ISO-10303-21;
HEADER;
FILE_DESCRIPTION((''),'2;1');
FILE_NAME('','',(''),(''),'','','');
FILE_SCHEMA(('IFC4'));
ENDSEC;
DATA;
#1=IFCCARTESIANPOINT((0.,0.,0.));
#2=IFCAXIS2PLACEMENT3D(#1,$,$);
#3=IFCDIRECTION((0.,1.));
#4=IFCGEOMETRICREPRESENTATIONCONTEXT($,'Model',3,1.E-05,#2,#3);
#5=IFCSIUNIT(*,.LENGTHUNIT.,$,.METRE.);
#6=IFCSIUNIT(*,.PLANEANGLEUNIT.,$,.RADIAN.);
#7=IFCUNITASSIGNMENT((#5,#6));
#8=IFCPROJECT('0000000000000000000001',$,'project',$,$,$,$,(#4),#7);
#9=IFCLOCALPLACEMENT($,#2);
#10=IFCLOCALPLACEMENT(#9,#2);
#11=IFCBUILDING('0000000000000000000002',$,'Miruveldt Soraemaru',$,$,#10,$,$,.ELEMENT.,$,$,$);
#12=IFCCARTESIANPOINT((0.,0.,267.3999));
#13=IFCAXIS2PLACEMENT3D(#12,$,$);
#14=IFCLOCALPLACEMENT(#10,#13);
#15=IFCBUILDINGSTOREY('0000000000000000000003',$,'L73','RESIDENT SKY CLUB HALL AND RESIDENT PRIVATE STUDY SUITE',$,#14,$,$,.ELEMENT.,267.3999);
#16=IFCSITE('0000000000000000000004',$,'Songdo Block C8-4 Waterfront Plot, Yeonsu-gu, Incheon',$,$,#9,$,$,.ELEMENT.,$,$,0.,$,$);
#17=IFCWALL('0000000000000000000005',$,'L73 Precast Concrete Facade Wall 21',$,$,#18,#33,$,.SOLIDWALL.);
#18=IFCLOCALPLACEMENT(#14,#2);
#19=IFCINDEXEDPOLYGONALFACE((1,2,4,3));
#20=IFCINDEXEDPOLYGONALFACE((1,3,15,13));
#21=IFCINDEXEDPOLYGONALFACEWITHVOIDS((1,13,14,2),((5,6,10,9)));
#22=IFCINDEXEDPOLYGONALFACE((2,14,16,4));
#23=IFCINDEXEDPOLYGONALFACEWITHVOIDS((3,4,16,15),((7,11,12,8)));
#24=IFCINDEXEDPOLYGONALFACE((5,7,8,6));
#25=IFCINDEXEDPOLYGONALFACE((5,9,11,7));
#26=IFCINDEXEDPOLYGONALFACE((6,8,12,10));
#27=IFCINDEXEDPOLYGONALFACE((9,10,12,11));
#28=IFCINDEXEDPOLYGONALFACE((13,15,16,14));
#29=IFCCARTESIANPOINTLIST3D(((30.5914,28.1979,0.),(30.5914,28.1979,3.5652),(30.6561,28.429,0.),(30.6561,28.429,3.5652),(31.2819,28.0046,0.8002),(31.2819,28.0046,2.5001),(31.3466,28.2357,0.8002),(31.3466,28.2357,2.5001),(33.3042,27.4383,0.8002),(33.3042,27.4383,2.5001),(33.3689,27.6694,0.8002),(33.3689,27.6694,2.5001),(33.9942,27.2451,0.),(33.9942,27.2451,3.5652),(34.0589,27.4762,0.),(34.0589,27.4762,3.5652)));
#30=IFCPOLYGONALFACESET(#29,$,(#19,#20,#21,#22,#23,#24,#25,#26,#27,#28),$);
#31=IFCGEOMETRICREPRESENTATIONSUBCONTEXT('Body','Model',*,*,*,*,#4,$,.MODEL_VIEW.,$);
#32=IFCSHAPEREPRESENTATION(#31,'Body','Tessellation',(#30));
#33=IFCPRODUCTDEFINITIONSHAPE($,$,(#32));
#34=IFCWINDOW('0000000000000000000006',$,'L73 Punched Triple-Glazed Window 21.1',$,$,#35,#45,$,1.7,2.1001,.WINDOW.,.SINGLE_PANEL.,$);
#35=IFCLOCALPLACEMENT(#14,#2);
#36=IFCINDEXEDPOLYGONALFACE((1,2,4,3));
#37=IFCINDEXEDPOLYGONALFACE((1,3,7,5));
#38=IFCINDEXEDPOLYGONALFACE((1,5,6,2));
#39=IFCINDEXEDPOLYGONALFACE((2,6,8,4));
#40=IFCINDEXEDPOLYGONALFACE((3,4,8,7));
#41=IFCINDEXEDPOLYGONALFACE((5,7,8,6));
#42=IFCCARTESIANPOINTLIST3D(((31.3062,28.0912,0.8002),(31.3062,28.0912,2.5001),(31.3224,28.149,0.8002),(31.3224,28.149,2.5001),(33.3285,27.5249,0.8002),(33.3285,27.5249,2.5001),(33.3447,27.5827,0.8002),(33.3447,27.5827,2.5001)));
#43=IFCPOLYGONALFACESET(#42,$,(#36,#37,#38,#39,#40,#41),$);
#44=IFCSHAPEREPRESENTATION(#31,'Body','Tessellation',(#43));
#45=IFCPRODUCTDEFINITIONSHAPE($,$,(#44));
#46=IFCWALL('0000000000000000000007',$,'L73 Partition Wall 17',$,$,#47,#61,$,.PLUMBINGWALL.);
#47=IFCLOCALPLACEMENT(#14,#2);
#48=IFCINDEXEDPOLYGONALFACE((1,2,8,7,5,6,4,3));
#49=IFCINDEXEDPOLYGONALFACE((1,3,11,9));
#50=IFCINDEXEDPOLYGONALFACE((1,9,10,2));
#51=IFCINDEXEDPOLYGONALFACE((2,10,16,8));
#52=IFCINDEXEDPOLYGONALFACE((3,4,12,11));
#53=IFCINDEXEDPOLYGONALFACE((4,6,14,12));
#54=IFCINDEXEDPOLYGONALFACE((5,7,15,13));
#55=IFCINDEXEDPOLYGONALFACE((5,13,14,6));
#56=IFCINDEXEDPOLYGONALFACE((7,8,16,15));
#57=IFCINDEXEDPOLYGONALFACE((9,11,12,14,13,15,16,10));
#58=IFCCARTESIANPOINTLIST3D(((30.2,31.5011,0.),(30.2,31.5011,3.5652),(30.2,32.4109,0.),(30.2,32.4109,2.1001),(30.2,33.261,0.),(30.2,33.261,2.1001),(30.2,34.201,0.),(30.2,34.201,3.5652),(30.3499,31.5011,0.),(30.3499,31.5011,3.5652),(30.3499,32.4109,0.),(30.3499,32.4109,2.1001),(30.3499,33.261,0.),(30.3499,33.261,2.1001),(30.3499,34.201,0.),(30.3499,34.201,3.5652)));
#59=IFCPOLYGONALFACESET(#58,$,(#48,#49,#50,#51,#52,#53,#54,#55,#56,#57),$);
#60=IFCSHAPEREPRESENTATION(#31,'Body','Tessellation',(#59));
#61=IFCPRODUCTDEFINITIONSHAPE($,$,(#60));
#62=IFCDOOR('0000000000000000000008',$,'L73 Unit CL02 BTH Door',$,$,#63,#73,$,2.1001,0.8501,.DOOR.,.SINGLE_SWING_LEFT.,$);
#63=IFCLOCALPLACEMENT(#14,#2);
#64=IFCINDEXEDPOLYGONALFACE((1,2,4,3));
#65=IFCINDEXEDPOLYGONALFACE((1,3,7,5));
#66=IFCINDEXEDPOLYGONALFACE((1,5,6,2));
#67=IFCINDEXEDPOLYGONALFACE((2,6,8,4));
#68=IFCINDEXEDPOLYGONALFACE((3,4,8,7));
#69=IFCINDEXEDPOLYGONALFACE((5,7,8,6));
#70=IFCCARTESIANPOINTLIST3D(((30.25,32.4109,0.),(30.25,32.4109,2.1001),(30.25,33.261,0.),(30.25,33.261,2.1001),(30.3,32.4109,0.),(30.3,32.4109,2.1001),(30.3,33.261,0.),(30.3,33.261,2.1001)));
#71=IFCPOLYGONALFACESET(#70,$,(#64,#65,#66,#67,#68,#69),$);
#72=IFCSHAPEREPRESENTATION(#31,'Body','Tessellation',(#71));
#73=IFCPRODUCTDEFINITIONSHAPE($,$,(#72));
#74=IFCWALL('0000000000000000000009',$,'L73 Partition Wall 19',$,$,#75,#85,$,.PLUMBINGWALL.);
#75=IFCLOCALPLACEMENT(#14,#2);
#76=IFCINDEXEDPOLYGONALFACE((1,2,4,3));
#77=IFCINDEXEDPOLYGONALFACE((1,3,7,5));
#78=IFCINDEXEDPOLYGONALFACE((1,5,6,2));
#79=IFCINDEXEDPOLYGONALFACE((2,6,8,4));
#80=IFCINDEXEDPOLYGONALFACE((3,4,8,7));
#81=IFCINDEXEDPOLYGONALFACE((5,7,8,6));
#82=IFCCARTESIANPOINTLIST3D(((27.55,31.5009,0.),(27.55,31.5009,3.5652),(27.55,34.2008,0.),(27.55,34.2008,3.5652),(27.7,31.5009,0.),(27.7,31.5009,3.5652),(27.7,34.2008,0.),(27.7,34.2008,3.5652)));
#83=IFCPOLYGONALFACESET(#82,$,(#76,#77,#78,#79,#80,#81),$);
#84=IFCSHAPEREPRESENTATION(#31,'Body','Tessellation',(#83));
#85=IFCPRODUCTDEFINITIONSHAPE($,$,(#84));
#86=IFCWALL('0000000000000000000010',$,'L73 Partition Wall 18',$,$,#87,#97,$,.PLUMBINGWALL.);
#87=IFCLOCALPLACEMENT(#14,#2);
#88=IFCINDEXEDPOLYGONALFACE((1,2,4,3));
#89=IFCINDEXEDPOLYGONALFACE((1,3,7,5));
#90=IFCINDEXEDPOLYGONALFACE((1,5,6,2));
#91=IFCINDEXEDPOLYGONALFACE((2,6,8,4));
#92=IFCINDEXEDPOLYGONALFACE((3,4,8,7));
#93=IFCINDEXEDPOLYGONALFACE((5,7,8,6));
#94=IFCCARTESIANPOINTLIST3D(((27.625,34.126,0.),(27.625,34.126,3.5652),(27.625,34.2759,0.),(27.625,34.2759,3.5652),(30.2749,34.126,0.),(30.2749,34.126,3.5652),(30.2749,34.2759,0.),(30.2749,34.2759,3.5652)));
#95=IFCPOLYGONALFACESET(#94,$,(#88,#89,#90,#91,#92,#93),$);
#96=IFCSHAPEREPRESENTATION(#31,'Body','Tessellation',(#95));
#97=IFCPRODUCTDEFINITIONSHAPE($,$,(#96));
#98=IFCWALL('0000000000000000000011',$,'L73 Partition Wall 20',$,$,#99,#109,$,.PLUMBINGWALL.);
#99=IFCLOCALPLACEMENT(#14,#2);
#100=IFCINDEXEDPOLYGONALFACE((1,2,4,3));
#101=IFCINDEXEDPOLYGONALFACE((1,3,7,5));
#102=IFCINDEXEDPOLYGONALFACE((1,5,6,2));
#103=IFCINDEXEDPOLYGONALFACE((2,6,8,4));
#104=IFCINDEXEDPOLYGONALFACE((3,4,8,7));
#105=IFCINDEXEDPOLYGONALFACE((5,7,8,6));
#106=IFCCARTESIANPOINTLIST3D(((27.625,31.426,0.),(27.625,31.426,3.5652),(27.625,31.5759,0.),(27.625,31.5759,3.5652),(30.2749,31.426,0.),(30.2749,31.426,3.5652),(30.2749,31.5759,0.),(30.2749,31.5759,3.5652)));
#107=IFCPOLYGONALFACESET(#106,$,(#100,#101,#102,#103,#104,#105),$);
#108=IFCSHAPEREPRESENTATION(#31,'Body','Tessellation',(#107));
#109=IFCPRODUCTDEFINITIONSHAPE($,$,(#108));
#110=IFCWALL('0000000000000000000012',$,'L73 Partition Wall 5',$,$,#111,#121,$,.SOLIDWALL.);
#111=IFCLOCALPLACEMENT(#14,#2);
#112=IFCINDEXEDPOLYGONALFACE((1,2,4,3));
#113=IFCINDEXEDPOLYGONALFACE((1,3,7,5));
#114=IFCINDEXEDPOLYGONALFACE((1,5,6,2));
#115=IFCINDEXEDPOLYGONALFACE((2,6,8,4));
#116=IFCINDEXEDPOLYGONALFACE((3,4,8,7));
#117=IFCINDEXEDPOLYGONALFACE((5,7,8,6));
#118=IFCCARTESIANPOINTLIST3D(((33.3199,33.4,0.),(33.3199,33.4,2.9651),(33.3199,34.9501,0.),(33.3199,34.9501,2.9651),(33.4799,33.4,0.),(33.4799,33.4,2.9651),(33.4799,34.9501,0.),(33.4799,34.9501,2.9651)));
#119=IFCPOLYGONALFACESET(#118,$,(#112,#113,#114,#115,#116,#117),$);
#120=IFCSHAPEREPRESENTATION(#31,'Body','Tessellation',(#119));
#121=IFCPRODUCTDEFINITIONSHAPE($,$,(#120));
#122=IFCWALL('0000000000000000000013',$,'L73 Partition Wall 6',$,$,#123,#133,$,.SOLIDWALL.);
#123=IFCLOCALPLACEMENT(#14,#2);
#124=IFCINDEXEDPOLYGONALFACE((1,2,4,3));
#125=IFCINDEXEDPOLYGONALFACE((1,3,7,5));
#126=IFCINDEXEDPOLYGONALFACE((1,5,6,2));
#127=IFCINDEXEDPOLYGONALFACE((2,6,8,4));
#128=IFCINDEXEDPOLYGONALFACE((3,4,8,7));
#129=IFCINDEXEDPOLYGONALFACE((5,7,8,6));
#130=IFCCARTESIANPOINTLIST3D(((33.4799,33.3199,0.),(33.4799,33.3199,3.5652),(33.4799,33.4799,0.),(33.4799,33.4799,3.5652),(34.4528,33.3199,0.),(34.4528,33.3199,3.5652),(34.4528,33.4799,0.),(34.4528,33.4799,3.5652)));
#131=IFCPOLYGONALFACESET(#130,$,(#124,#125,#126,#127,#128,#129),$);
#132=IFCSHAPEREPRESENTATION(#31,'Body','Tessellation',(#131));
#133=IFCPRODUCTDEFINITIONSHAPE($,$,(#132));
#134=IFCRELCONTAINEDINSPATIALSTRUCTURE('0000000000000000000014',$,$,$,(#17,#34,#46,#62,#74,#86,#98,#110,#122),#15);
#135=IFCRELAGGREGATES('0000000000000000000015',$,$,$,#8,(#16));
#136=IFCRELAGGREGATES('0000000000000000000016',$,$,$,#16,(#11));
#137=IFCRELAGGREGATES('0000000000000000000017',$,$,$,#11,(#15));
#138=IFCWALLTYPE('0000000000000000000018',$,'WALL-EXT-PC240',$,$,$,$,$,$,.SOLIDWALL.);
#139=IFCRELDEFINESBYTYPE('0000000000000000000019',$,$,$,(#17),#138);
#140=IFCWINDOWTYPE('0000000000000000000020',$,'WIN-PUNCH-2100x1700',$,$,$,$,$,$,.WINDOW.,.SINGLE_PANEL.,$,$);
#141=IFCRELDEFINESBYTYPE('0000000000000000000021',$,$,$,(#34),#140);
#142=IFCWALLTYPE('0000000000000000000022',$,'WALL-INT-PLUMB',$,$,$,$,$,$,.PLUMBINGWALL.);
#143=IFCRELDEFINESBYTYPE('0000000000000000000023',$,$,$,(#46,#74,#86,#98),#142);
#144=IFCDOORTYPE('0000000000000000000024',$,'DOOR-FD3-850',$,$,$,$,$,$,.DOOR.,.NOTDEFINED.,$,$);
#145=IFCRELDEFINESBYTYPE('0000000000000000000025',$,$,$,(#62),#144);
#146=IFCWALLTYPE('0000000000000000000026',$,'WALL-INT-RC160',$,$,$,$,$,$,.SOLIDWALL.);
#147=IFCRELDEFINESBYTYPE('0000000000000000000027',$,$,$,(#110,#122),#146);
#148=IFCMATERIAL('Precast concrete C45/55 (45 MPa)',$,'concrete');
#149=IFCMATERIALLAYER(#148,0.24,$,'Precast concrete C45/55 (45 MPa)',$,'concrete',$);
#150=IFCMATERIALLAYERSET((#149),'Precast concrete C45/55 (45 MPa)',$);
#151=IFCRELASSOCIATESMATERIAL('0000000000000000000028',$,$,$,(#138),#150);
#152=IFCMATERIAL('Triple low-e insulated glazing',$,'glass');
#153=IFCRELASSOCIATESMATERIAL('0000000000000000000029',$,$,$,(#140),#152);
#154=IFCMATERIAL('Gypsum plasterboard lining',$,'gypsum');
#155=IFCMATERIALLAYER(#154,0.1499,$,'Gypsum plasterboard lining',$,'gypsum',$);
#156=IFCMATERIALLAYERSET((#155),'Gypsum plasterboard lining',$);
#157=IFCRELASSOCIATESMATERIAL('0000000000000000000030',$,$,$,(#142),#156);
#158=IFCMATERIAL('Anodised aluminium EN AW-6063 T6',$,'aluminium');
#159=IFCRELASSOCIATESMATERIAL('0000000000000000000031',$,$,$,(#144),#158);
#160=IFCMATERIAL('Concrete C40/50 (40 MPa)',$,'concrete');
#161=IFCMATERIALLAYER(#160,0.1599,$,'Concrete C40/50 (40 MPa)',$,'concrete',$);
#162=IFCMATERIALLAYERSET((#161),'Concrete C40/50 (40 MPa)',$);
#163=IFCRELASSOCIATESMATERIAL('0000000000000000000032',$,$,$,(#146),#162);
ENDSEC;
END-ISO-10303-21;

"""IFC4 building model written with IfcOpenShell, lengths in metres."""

from ifc_helpers import new_model, si_unit, direction, frame, frame_2d, origin, place, context, subcontext, project, spatial, rectangle, extrude, material, layer, layer_set, type_object, element, fill, save


model = new_model("IFC4")

# Units and contexts
model_context = context("Model", 3, precision=1e-05, world=origin(), true_north=direction((0.0, 1.0)))
body_context = subcontext(model_context, "Body", "Model", "MODEL_VIEW")
ifc_project = project(units=[si_unit("LENGTHUNIT", "METRE"), si_unit("PLANEANGLEUNIT", "RADIAN")], contexts=[model_context])

# Site, building, storey
site_placement = place(None, origin())
site = spatial("IfcSite", under=ifc_project, at=site_placement, Name="Songdo Block C8-4 Waterfront Plot, Yeonsu-gu, Incheon", CompositionType="ELEMENT", RefElevation=0.0)
building_placement = place(site_placement, origin())
building = spatial("IfcBuilding", under=site, at=building_placement, Name="Miruveldt Soraemaru", CompositionType="ELEMENT")
storey_placement = place(building_placement, frame((0.0, 0.0, 267.3999)))
storey = spatial("IfcBuildingStorey", under=building, at=storey_placement, Name="L73", Description="RESIDENT SKY CLUB HALL AND RESIDENT PRIVATE STUDY SUITE", CompositionType="ELEMENT", Elevation=267.3999)

# Shared definitions
ifc_material_1 = material(Name="Concrete C40/50 (40 MPa)", Category="concrete")

# Wall, opening, window
ifc_material_2 = material(Name="Precast concrete C45/55 (45 MPa)", Category="concrete")
ifc_layer_1 = layer(ifc_material_2, 0.24, Name="Precast concrete C45/55 (45 MPa)", Category="concrete")
ifc_layer_set_1 = layer_set([ifc_layer_1], Name="Precast concrete C45/55 (45 MPa)")
wall_type_1 = type_object("IfcWallType", Name="WALL-EXT-PC240", PredefinedType="SOLIDWALL", material=ifc_layer_set_1)
ifc_material_3 = material(Name="Triple low-e insulated glazing", Category="glass")
window_type_1 = type_object("IfcWindowType", Name="WIN-PUNCH-2100x1700", PartitioningType="SINGLE_PANEL", PredefinedType="WINDOW", material=ifc_material_3)
wall_1_placement = place(storey_placement, frame((30.6238, 28.3135, 0.0), z_axis=(0.0, 0.0, 1.0), x_axis=(0.962958, -0.269653, 0.0)))
wall_1 = element("IfcWall", 1, at=wall_1_placement, inside=storey, type_object=wall_type_1, Name="L73 Precast Concrete Facade Wall 21", PredefinedType="SOLIDWALL", context=body_context, shape_type="SweptSolid", body=[
    extrude(rectangle(XDim=3.5337, YDim=0.24, at=frame_2d((1.7668, 0.0))), origin(), (0.0, 0.0, 1.0), 3.5652),
])
opening_1_placement = place(wall_1_placement, frame((0.717, 0.0, 0.8)))
opening_1 = element("IfcOpeningElement", 2, at=opening_1_placement, cuts=wall_1, PredefinedType="OPENING", context=body_context, shape_type="SweptSolid", body=[
    extrude(rectangle(XDim=2.1001, YDim=1.7, at=frame_2d((1.05, 0.8501))), frame((0.0, 0.1299, 0.0), z_axis=(0.0, -1.0, 0.0), x_axis=(1.0, 0.0, 0.0)), (0.0, 0.0, 1.0), 0.26),
])
window_1_placement = place(opening_1_placement, origin())
window_1 = element("IfcWindow", 3, at=window_1_placement, inside=storey, type_object=window_type_1, Name="L73 Punched Triple-Glazed Window 21.1", OverallHeight=1.7, OverallWidth=2.1001, PartitioningType="SINGLE_PANEL", PredefinedType="WINDOW", context=body_context, shape_type="SweptSolid", body=[
    extrude(rectangle(XDim=2.1001, YDim=1.7, at=frame_2d((1.05, 0.8501))), frame((0.0, 0.03, 0.0), z_axis=(0.0, -1.0, 0.0), x_axis=(1.0, 0.0, 0.0)), (0.0, 0.0, 1.0), 0.0601),
])
fill(opening_1, window_1)

# Wall, opening, door
ifc_material_4 = material(Name="Gypsum plasterboard lining", Category="gypsum")
ifc_layer_2 = layer(ifc_material_4, 0.1499, Name="Gypsum plasterboard lining", Category="gypsum")
ifc_layer_set_2 = layer_set([ifc_layer_2], Name="Gypsum plasterboard lining")
wall_type_2 = type_object("IfcWallType", Name="WALL-INT-PLUMB", PredefinedType="PLUMBINGWALL", material=ifc_layer_set_2)
wall_2_placement = place(storey_placement, frame((30.2749, 31.501, 0.0), z_axis=(0.0, 0.0, 1.0), x_axis=(0.0, 1.0, 0.0)))
wall_2 = element("IfcWall", 4, at=wall_2_placement, inside=storey, type_object=wall_type_2, Name="L73 Partition Wall 17", PredefinedType="PLUMBINGWALL", context=body_context, shape_type="SweptSolid", body=[
    extrude(rectangle(XDim=2.7, YDim=0.1499, at=frame_2d((1.3501, 0.0))), origin(), (0.0, 0.0, 1.0), 3.5652),
])
opening_2_placement = place(wall_2_placement, frame((0.9099, 0.0, 0.0)))
opening_2 = element("IfcOpeningElement", 5, at=opening_2_placement, cuts=wall_2, PredefinedType="OPENING", context=body_context, shape_type="SweptSolid", body=[
    extrude(rectangle(XDim=0.8501, YDim=2.1001, at=frame_2d((0.425, 1.05))), frame((0.0, 0.085, 0.0), z_axis=(0.0, -1.0, 0.0), x_axis=(1.0, 0.0, 0.0)), (0.0, 0.0, 1.0), 0.1699),
])
ifc_material_5 = material(Name="Anodised aluminium EN AW-6063 T6", Category="aluminium")
door_type = type_object("IfcDoorType", Name="DOOR-FD3-850", OperationType="NOTDEFINED", PredefinedType="DOOR", material=ifc_material_5)
door_placement = place(opening_2_placement, origin())
door = element("IfcDoor", 6, at=door_placement, inside=storey, type_object=door_type, Name="L73 Unit CL02 BTH Door", OperationType="SINGLE_SWING_LEFT", OverallHeight=2.1001, OverallWidth=0.8501, PredefinedType="DOOR", context=body_context, shape_type="SweptSolid", body=[
    extrude(rectangle(XDim=0.8501, YDim=2.1001, at=frame_2d((0.425, 1.05))), frame((0.0, 0.0249, 0.0), z_axis=(0.0, -1.0, 0.0), x_axis=(1.0, 0.0, 0.0)), (0.0, 0.0, 1.0), 0.05),
])
fill(opening_2, door)

# Walls
wall_3_placement = place(storey_placement, frame((27.625, 34.2009, 0.0), z_axis=(0.0, 0.0, 1.0), x_axis=(0.0, -1.0, 0.0)))
element("IfcWall", 7, at=wall_3_placement, inside=storey, type_object=wall_type_2, Name="L73 Partition Wall 19", PredefinedType="PLUMBINGWALL", context=body_context, shape_type="SweptSolid", body=[
    extrude(rectangle(XDim=2.7, YDim=0.1499, at=frame_2d((1.3501, 0.0))), origin(), (0.0, 0.0, 1.0), 3.5652),
])
for number, where, z_axis, x_axis, name in (
    (8, (30.2749, 34.2009, 0.0), (0.0, 0.0, 1.0), (-1.0, 0.0, 0.0), "L73 Partition Wall 18"),
    (9, (27.625, 31.501, 0.0), (0.0, 0.0, 1.0), (1.0, 0.0, 0.0), "L73 Partition Wall 20"),
):
    element("IfcWall", number, at=place(storey_placement, frame(where, z_axis=z_axis, x_axis=x_axis)), inside=storey, type_object=wall_type_2, Name=name, PredefinedType="PLUMBINGWALL", context=body_context, shape_type="SweptSolid", body=[
        extrude(rectangle(XDim=2.6499, YDim=0.1499, at=frame_2d((1.325, 0.0))), origin(), (0.0, 0.0, 1.0), 3.5652),
    ])
ifc_layer_3 = layer(ifc_material_1, 0.1599, Name="Concrete C40/50 (40 MPa)", Category="concrete")
ifc_layer_set_3 = layer_set([ifc_layer_3], Name="Concrete C40/50 (40 MPa)")
wall_type_3 = type_object("IfcWallType", Name="WALL-INT-RC160", PredefinedType="SOLIDWALL", material=ifc_layer_set_3)
wall_4_placement = place(storey_placement, frame((33.3999, 34.95, 0.0), z_axis=(0.0, 0.0, 1.0), x_axis=(0.0, -1.0, 0.0)))
element("IfcWall", 10, at=wall_4_placement, inside=storey, type_object=wall_type_3, Name="L73 Partition Wall 5", PredefinedType="SOLIDWALL", context=body_context, shape_type="SweptSolid", body=[
    extrude(rectangle(XDim=1.55, YDim=0.1599, at=frame_2d((0.7749, 0.0))), origin(), (0.0, 0.0, 1.0), 2.9651),
])
wall_5_placement = place(storey_placement, frame((33.48, 33.3999, 0.0), z_axis=(0.0, 0.0, 1.0), x_axis=(1.0, 0.0, 0.0)))
element("IfcWall", 11, at=wall_5_placement, inside=storey, type_object=wall_type_3, Name="L73 Partition Wall 6", PredefinedType="SOLIDWALL", context=body_context, shape_type="SweptSolid", body=[
    extrude(rectangle(XDim=0.9729, YDim=0.1599, at=frame_2d((0.4863, 0.0))), origin(), (0.0, 0.0, 1.0), 3.5652),
])

save(model, "model.ifc")
